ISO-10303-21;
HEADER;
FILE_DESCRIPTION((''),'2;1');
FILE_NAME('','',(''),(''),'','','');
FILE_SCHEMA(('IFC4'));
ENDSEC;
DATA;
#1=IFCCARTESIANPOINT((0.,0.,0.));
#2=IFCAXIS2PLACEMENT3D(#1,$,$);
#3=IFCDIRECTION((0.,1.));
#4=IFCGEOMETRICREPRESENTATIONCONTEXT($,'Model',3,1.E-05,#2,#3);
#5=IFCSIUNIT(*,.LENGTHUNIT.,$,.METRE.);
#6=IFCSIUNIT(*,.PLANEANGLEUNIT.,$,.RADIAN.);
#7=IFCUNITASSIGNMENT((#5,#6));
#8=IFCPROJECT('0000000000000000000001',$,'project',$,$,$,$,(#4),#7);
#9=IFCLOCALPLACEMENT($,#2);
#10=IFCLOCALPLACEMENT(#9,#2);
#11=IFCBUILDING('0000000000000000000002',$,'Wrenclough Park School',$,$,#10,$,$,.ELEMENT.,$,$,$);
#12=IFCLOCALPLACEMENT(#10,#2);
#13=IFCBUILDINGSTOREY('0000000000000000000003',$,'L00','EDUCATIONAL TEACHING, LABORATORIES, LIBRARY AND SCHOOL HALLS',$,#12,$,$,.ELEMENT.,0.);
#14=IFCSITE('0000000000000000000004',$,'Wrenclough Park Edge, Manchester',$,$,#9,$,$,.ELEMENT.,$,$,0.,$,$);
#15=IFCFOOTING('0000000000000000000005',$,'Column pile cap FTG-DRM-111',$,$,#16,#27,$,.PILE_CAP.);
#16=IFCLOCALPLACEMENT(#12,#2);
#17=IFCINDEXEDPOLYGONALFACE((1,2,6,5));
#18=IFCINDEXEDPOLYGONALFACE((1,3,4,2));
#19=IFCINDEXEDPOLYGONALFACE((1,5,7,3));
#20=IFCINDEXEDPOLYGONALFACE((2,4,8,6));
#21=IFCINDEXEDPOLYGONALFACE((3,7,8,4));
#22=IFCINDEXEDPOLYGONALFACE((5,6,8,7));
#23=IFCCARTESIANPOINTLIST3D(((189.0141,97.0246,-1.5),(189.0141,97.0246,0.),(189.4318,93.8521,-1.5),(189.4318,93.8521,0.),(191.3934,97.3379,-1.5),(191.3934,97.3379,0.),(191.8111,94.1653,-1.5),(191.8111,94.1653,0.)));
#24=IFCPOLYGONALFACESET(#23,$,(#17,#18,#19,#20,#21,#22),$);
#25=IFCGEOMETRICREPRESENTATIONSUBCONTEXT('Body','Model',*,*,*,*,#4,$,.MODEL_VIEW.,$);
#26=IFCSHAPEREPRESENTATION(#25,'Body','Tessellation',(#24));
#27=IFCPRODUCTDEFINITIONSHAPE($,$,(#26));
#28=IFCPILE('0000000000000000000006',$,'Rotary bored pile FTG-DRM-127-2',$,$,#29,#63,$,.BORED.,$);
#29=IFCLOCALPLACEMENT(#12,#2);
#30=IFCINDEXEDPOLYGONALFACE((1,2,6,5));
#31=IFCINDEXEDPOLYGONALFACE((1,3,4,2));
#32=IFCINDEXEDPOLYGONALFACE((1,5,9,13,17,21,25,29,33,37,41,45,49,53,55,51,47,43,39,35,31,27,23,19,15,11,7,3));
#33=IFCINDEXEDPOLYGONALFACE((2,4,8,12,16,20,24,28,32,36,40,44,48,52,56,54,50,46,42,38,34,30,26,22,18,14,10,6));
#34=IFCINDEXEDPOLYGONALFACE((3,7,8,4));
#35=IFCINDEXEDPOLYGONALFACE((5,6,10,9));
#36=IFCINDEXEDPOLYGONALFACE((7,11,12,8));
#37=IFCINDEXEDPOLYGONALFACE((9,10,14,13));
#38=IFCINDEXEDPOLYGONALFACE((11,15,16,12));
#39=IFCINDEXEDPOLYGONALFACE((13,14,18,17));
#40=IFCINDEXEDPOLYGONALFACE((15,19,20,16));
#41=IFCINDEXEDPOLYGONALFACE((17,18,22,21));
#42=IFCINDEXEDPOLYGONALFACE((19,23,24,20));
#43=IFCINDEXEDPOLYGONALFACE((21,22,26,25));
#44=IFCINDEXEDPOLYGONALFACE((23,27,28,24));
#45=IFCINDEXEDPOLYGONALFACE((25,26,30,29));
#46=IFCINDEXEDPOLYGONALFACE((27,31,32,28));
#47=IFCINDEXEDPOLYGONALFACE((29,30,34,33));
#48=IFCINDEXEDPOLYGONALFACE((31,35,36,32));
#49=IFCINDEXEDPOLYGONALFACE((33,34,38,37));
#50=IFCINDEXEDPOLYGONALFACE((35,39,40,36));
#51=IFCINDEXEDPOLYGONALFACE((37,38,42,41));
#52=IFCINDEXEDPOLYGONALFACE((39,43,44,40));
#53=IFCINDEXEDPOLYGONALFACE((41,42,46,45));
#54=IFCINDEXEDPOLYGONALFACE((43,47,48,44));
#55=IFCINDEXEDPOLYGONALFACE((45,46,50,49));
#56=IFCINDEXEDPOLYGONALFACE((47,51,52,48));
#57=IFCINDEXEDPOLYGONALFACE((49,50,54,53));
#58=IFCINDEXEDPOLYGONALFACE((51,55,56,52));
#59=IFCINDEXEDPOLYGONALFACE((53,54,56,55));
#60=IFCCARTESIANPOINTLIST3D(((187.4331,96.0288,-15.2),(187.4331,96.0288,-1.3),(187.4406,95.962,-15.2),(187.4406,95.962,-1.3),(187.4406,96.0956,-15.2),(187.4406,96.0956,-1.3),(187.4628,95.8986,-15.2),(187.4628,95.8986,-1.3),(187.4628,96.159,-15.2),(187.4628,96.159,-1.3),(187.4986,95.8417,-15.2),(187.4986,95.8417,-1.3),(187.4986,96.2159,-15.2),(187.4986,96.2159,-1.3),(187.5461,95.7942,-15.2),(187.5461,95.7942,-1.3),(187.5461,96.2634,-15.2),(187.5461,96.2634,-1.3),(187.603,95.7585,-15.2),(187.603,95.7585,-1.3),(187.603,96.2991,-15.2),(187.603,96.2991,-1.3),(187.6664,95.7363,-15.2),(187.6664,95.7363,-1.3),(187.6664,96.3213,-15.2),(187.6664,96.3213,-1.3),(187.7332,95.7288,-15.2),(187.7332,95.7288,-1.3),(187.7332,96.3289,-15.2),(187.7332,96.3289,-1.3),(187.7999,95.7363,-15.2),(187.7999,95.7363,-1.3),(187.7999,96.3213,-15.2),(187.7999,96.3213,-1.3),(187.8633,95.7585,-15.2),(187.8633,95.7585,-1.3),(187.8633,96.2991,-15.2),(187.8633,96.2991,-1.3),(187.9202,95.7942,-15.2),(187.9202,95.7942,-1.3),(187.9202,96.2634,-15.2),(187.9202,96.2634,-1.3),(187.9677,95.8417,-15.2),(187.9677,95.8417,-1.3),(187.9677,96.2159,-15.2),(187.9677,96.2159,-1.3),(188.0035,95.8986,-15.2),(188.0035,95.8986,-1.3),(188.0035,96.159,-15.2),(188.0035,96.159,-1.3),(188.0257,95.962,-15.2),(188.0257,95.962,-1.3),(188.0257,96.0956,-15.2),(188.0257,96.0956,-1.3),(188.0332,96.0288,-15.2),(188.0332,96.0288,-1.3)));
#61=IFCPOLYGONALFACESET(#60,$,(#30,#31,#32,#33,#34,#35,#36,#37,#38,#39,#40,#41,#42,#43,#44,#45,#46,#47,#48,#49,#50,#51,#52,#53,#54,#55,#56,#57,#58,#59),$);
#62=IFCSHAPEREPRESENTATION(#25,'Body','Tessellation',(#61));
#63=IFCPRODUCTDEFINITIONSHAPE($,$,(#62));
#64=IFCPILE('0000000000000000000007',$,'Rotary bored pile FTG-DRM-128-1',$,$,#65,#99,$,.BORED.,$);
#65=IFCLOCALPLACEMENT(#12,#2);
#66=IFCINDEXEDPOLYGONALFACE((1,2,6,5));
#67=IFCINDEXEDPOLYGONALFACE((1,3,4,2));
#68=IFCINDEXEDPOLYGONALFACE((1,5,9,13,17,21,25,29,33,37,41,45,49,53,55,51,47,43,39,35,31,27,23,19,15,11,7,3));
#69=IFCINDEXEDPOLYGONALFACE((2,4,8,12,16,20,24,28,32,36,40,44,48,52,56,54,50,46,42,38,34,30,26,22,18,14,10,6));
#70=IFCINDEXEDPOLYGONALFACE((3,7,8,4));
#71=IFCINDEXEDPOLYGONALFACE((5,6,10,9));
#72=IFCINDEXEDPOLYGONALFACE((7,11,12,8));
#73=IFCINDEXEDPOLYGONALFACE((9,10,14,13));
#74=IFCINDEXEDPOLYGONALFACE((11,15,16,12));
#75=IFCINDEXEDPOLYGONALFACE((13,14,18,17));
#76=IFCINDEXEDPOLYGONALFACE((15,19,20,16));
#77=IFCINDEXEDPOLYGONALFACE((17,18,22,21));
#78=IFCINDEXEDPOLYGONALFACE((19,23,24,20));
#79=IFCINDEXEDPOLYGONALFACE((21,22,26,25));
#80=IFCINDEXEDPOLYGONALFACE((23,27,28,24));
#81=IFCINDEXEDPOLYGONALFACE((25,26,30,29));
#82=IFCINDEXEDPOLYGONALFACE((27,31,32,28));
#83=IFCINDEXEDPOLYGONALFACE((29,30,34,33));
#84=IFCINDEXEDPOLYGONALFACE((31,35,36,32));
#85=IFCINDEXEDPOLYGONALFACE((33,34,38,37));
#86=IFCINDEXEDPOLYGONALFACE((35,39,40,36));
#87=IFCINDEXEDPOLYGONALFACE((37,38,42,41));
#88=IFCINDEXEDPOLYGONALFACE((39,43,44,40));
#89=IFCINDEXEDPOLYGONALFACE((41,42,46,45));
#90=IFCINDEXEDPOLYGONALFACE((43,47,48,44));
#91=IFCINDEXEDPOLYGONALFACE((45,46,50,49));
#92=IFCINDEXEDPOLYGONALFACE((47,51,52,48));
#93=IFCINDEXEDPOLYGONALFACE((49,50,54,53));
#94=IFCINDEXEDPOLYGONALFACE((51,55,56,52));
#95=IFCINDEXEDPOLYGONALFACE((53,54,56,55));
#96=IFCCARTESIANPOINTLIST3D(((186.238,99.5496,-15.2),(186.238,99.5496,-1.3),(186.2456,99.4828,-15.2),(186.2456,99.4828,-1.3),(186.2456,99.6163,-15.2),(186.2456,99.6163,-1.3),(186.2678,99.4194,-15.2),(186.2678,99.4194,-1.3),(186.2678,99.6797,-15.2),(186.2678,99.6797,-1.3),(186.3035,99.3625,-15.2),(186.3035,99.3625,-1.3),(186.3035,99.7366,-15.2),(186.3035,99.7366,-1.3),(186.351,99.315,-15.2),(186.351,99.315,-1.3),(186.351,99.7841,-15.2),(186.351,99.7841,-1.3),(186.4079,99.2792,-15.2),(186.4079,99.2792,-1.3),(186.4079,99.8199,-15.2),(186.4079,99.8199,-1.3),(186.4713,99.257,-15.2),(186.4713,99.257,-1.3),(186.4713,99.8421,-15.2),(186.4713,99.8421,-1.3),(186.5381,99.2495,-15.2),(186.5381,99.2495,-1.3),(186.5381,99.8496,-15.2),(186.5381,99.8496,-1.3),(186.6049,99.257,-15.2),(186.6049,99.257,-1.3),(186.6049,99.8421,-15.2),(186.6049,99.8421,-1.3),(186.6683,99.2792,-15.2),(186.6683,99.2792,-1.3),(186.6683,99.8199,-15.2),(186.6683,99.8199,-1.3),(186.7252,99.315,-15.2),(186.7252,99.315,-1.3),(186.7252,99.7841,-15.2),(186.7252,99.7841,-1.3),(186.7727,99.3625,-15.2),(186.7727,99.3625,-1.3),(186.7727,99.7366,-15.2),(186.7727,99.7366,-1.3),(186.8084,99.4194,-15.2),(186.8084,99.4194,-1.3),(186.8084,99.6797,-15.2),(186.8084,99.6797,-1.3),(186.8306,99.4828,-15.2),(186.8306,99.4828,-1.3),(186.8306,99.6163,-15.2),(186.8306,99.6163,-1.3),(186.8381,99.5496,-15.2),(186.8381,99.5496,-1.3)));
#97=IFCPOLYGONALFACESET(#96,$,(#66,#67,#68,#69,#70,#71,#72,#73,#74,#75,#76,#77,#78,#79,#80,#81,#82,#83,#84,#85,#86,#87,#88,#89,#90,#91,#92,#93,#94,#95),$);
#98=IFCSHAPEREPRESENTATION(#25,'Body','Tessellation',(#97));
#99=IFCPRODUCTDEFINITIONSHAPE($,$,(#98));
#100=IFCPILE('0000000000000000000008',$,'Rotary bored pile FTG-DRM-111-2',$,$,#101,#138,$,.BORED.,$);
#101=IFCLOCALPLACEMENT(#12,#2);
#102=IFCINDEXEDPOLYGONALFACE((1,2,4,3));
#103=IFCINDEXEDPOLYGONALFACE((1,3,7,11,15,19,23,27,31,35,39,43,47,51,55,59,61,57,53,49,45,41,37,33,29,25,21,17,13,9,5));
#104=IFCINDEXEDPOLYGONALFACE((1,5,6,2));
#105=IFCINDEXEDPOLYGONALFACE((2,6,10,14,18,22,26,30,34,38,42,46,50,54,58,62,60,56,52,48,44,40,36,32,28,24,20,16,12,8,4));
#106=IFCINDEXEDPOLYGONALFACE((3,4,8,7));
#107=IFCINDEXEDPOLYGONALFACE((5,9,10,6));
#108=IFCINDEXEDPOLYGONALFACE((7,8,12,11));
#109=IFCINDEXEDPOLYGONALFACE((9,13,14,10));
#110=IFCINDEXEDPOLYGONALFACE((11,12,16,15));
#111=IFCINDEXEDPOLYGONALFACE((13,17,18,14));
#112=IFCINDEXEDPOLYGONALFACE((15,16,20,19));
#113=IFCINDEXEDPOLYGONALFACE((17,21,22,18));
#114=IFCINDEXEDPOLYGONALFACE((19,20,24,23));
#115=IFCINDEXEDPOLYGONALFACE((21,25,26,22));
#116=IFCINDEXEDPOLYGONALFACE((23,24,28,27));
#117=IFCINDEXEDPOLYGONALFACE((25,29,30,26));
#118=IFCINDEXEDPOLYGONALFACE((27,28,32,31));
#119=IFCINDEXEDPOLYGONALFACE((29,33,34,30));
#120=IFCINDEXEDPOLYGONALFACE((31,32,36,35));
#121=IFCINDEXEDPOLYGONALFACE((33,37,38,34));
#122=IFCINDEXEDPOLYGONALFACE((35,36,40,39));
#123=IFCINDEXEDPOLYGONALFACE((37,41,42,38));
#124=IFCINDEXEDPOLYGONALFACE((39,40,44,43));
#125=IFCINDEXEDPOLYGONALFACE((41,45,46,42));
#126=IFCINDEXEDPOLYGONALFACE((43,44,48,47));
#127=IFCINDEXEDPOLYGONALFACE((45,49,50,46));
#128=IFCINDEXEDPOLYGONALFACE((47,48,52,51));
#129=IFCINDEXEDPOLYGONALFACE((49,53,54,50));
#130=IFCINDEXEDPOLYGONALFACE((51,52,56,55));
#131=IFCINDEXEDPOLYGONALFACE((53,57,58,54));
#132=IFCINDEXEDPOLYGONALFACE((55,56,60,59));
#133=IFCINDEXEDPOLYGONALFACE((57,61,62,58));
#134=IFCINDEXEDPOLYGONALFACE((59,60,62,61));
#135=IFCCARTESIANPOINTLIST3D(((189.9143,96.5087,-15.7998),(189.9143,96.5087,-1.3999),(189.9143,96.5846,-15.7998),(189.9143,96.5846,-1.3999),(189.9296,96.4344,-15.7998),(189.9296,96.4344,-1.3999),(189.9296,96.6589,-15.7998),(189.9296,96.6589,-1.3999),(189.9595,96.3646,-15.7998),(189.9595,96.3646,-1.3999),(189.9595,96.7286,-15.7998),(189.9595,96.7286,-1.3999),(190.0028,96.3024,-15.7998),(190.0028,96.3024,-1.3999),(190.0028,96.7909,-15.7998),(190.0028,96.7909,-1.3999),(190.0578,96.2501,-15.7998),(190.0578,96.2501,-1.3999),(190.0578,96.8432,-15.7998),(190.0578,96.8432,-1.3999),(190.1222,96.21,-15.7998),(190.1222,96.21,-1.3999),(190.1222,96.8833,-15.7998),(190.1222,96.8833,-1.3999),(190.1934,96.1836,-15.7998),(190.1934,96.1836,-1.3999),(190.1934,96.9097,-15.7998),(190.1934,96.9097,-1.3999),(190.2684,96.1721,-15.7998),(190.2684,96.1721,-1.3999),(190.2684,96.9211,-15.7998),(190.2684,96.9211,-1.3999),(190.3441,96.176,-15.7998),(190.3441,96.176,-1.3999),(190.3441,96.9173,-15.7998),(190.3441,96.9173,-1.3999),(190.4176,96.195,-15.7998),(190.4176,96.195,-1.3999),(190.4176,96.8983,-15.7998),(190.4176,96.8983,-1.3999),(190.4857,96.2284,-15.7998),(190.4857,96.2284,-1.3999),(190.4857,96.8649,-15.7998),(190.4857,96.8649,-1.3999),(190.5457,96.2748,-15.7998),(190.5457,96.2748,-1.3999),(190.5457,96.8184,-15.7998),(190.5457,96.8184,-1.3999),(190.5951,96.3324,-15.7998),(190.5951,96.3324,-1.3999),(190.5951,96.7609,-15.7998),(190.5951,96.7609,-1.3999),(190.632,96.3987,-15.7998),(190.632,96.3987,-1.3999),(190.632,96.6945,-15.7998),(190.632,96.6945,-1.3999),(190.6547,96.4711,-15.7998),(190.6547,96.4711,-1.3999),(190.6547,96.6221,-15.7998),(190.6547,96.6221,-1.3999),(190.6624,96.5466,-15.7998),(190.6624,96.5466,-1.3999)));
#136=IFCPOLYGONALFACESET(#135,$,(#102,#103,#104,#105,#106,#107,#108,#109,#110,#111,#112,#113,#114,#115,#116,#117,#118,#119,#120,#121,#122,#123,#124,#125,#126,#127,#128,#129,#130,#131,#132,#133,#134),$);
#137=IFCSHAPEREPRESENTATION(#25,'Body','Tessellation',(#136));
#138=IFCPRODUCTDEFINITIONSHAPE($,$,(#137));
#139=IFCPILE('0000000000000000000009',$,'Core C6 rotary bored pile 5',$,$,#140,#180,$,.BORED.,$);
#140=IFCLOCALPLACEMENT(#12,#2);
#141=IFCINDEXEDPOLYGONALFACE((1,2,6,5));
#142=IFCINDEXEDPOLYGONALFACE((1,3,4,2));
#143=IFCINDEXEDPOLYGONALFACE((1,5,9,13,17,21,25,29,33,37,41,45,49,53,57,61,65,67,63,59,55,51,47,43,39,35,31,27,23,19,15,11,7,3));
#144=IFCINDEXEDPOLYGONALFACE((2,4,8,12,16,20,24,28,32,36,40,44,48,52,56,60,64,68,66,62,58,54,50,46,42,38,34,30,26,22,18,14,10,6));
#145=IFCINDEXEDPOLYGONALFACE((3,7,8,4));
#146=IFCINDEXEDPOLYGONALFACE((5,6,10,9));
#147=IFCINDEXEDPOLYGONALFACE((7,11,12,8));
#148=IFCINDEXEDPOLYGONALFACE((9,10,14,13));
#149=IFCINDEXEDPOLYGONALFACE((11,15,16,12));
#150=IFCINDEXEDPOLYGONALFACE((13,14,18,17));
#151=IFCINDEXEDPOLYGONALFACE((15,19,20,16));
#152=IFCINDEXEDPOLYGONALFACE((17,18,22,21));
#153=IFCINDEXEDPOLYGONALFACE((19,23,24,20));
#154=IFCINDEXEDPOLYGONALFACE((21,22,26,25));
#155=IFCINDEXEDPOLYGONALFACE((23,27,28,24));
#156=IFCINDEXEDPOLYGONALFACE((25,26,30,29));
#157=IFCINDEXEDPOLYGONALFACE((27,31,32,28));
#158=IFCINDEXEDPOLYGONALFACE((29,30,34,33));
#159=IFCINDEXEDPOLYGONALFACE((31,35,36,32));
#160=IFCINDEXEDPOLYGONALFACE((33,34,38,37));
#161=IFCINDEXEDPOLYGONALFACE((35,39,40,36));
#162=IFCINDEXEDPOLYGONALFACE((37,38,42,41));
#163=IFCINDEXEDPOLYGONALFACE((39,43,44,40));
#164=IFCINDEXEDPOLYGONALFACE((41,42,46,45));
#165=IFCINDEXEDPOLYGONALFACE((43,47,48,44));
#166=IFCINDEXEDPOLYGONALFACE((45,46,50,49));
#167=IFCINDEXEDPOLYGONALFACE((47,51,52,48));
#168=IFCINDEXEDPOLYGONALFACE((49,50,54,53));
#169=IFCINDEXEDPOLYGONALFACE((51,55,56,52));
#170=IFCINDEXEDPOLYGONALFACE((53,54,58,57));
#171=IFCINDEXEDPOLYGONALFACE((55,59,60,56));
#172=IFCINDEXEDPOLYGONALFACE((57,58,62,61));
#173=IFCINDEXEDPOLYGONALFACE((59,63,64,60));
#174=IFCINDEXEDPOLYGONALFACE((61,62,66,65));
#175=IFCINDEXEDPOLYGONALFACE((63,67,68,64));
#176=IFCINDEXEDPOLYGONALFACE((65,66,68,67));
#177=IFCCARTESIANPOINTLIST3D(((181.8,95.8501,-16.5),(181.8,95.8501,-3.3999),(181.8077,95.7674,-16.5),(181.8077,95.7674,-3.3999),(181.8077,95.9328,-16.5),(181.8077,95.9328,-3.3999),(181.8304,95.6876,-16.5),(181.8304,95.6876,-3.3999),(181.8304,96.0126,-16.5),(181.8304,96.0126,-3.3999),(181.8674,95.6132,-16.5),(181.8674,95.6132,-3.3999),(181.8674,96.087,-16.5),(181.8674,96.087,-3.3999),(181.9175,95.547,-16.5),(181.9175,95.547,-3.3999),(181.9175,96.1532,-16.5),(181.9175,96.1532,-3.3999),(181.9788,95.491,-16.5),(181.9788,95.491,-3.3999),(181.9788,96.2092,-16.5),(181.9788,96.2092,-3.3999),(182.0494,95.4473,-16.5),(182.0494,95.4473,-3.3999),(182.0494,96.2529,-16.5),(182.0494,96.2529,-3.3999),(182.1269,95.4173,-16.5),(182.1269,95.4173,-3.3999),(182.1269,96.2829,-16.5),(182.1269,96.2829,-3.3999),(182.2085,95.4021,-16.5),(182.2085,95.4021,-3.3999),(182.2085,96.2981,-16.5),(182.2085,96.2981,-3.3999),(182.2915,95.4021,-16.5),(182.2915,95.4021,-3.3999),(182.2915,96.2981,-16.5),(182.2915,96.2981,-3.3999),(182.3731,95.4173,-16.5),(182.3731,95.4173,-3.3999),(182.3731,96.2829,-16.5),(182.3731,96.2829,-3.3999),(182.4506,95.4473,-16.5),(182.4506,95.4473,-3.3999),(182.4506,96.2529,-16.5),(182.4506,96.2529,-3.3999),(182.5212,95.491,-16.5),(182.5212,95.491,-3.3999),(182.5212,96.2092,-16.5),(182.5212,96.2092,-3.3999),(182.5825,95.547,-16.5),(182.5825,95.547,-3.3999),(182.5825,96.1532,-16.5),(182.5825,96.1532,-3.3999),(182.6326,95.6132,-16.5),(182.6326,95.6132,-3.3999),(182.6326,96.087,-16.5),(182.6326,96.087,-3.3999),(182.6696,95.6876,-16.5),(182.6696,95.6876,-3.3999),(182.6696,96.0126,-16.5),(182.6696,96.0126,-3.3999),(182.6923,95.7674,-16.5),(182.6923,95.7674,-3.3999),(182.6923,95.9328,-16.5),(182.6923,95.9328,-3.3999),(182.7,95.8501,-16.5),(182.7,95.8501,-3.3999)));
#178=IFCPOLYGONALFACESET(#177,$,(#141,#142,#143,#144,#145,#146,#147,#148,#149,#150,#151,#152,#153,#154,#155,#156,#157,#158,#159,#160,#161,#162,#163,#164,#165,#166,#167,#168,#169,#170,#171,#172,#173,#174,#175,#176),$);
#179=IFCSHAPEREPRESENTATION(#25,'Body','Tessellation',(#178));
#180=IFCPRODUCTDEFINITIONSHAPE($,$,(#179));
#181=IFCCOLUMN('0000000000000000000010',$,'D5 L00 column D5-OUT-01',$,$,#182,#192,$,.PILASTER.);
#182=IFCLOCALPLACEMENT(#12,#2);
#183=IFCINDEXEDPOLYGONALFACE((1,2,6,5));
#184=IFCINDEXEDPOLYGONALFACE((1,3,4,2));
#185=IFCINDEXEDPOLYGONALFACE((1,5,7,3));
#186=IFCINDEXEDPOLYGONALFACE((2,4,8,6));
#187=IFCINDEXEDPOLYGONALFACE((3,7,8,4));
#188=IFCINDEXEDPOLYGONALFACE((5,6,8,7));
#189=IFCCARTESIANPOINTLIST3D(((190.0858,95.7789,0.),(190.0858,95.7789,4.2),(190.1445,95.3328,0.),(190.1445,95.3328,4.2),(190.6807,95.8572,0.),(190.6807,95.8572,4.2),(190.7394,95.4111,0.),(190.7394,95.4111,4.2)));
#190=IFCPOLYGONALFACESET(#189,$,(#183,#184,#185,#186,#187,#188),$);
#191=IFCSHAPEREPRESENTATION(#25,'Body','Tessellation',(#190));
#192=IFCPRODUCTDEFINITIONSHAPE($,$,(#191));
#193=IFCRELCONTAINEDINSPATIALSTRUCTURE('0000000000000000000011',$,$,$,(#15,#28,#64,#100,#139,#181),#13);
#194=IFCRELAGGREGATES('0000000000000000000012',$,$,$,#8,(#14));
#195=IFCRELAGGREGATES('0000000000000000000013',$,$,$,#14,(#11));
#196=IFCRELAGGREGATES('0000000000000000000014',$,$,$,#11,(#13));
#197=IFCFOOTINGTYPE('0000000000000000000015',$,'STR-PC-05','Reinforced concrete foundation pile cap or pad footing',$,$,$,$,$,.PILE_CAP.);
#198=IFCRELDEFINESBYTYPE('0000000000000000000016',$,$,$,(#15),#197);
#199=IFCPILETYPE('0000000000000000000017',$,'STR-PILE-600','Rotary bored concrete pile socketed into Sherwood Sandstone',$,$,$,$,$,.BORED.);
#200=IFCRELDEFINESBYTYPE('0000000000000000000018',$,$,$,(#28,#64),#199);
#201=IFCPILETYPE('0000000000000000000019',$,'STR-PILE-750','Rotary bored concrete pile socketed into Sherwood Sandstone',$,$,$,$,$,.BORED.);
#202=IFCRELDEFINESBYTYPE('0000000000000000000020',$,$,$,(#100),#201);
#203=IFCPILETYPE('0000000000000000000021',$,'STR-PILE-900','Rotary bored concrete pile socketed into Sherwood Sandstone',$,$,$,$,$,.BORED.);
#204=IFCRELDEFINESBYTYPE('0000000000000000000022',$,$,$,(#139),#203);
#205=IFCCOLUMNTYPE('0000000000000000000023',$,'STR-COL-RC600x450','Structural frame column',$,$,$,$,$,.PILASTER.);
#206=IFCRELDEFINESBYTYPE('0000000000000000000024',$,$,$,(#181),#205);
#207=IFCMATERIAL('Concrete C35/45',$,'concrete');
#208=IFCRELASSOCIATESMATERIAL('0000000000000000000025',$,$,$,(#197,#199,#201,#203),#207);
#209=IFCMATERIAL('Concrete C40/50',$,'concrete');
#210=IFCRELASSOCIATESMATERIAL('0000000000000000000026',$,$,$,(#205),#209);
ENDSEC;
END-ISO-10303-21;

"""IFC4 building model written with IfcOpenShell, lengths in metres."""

from ifc_helpers import new_model, si_unit, direction, frame, origin, origin_2d, place, context, subcontext, project, spatial, rectangle, circle, extrude, material, material_profile, profile_set, type_object, element, save


model = new_model("IFC4")

# Units and contexts
model_context = context("Model", 3, precision=1e-05, world=origin(), true_north=direction((0.0, 1.0)))
body_context = subcontext(model_context, "Body", "Model", "MODEL_VIEW")
ifc_project = project(units=[si_unit("LENGTHUNIT", "METRE"), si_unit("PLANEANGLEUNIT", "RADIAN")], contexts=[model_context])

# Site, building, storey
site_placement = place(None, origin())
site = spatial("IfcSite", under=ifc_project, at=site_placement, Name="Wrenclough Park Edge, Manchester", CompositionType="ELEMENT", RefElevation=0.0)
building_placement = place(site_placement, origin())
building = spatial("IfcBuilding", under=site, at=building_placement, Name="Wrenclough Park School", CompositionType="ELEMENT")
storey_placement = place(building_placement, origin())
storey = spatial("IfcBuildingStorey", under=building, at=storey_placement, Name="L00", Description="EDUCATIONAL TEACHING, LABORATORIES, LIBRARY AND SCHOOL HALLS", CompositionType="ELEMENT", Elevation=0.0)

# Footing
ifc_material_1 = material(Name="Concrete C35/45", Category="concrete")
footing_type = type_object("IfcFootingType", Name="STR-PC-05", Description="Reinforced concrete foundation pile cap or pad footing", PredefinedType="PILE_CAP", material=ifc_material_1)
footing_placement = place(storey_placement, frame((190.4126, 95.595, -1.5), z_axis=(0.0, 0.0, 1.0), x_axis=(-0.130526, 0.991445, 0.0)))
element("IfcFooting", 1, at=footing_placement, inside=storey, type_object=footing_type, Name="Column pile cap FTG-DRM-111", PredefinedType="PILE_CAP", context=body_context, shape_type="SweptSolid", body=[
    extrude(rectangle(XDim=3.2, YDim=2.3999, at=origin_2d()), origin(), (0.0, 0.0, 1.0), 1.5),
])

# Piles
ifc_material_profile_1 = material_profile(ifc_material_1, circle(Radius=0.3, at=origin_2d()), Name="BORED PILE D600")
ifc_profile_set_1 = profile_set([ifc_material_profile_1], Name="Concrete C35/45")
pile_type_1 = type_object("IfcPileType", Name="STR-PILE-600", Description="Rotary bored concrete pile socketed into Sherwood Sandstone", PredefinedType="BORED", material=ifc_profile_set_1)
for number, where, z_axis, x_axis, name in (
    (2, (187.7332, 96.0288, -1.3), (0.0, 0.0, -1.0), (1.0, 0.0, 0.0), "Rotary bored pile FTG-DRM-127-2"),
    (3, (186.5381, 99.5496, -1.3), (0.0, 0.0, -1.0), (1.0, 0.0, 0.0), "Rotary bored pile FTG-DRM-128-1"),
):
    element("IfcPile", number, at=place(storey_placement, frame(where, z_axis=z_axis, x_axis=x_axis)), inside=storey, type_object=pile_type_1, Name=name, PredefinedType="BORED", context=body_context, shape_type="SweptSolid", body=[
        extrude(circle(Radius=0.3, at=origin_2d()), origin(), (0.0, 0.0, 1.0), 13.8999),
    ])
ifc_material_profile_2 = material_profile(ifc_material_1, circle(Radius=0.375, at=origin_2d()), Name="BORED PILE D750")
ifc_profile_set_2 = profile_set([ifc_material_profile_2], Name="Concrete C35/45")
pile_type_2 = type_object("IfcPileType", Name="STR-PILE-750", Description="Rotary bored concrete pile socketed into Sherwood Sandstone", PredefinedType="BORED", material=ifc_profile_set_2)
pile_1_placement = place(storey_placement, frame((190.2874, 96.5466, -1.3999), z_axis=(0.0, 0.0, -1.0), x_axis=(1.0, 0.0, 0.0)))
element("IfcPile", 4, at=pile_1_placement, inside=storey, type_object=pile_type_2, Name="Rotary bored pile FTG-DRM-111-2", PredefinedType="BORED", context=body_context, shape_type="SweptSolid", body=[
    extrude(circle(Radius=0.375, at=origin_2d()), origin(), (0.0, 0.0, 1.0), 14.3999),
])
ifc_material_profile_3 = material_profile(ifc_material_1, circle(Radius=0.45, at=origin_2d()), Name="BORED PILE D900")
ifc_profile_set_3 = profile_set([ifc_material_profile_3], Name="Concrete C35/45")
pile_type_3 = type_object("IfcPileType", Name="STR-PILE-900", Description="Rotary bored concrete pile socketed into Sherwood Sandstone", PredefinedType="BORED", material=ifc_profile_set_3)
pile_2_placement = place(storey_placement, frame((182.25, 95.8501, -3.3999), z_axis=(0.0, 0.0, -1.0), x_axis=(1.0, 0.0, 0.0)))
element("IfcPile", 5, at=pile_2_placement, inside=storey, type_object=pile_type_3, Name="Core C6 rotary bored pile 5", PredefinedType="BORED", context=body_context, shape_type="SweptSolid", body=[
    extrude(circle(Radius=0.45, at=origin_2d()), origin(), (0.0, 0.0, 1.0), 13.1001),
])

# Column
ifc_material_2 = material(Name="Concrete C40/50", Category="concrete")
ifc_material_profile_4 = material_profile(ifc_material_2, rectangle(XDim=0.45, YDim=0.6001, at=origin_2d()), Name="RC COL 600x450")
ifc_profile_set_4 = profile_set([ifc_material_profile_4], Name="Concrete C40/50")
column_type = type_object("IfcColumnType", Name="STR-COL-RC600x450", Description="Structural frame column", PredefinedType="PILASTER", material=ifc_profile_set_4)
column_placement = place(storey_placement, frame((190.4126, 95.595, 0.0), z_axis=(0.0, 0.0, 1.0), x_axis=(-0.130526, 0.991445, 0.0)))
element("IfcColumn", 6, at=column_placement, inside=storey, type_object=column_type, Name="D5 L00 column D5-OUT-01", PredefinedType="PILASTER", context=body_context, shape_type="SweptSolid", body=[
    extrude(rectangle(XDim=0.45, YDim=0.6001, at=origin_2d()), origin(), (0.0, 0.0, 1.0), 4.2),
])

save(model, "model.ifc")
